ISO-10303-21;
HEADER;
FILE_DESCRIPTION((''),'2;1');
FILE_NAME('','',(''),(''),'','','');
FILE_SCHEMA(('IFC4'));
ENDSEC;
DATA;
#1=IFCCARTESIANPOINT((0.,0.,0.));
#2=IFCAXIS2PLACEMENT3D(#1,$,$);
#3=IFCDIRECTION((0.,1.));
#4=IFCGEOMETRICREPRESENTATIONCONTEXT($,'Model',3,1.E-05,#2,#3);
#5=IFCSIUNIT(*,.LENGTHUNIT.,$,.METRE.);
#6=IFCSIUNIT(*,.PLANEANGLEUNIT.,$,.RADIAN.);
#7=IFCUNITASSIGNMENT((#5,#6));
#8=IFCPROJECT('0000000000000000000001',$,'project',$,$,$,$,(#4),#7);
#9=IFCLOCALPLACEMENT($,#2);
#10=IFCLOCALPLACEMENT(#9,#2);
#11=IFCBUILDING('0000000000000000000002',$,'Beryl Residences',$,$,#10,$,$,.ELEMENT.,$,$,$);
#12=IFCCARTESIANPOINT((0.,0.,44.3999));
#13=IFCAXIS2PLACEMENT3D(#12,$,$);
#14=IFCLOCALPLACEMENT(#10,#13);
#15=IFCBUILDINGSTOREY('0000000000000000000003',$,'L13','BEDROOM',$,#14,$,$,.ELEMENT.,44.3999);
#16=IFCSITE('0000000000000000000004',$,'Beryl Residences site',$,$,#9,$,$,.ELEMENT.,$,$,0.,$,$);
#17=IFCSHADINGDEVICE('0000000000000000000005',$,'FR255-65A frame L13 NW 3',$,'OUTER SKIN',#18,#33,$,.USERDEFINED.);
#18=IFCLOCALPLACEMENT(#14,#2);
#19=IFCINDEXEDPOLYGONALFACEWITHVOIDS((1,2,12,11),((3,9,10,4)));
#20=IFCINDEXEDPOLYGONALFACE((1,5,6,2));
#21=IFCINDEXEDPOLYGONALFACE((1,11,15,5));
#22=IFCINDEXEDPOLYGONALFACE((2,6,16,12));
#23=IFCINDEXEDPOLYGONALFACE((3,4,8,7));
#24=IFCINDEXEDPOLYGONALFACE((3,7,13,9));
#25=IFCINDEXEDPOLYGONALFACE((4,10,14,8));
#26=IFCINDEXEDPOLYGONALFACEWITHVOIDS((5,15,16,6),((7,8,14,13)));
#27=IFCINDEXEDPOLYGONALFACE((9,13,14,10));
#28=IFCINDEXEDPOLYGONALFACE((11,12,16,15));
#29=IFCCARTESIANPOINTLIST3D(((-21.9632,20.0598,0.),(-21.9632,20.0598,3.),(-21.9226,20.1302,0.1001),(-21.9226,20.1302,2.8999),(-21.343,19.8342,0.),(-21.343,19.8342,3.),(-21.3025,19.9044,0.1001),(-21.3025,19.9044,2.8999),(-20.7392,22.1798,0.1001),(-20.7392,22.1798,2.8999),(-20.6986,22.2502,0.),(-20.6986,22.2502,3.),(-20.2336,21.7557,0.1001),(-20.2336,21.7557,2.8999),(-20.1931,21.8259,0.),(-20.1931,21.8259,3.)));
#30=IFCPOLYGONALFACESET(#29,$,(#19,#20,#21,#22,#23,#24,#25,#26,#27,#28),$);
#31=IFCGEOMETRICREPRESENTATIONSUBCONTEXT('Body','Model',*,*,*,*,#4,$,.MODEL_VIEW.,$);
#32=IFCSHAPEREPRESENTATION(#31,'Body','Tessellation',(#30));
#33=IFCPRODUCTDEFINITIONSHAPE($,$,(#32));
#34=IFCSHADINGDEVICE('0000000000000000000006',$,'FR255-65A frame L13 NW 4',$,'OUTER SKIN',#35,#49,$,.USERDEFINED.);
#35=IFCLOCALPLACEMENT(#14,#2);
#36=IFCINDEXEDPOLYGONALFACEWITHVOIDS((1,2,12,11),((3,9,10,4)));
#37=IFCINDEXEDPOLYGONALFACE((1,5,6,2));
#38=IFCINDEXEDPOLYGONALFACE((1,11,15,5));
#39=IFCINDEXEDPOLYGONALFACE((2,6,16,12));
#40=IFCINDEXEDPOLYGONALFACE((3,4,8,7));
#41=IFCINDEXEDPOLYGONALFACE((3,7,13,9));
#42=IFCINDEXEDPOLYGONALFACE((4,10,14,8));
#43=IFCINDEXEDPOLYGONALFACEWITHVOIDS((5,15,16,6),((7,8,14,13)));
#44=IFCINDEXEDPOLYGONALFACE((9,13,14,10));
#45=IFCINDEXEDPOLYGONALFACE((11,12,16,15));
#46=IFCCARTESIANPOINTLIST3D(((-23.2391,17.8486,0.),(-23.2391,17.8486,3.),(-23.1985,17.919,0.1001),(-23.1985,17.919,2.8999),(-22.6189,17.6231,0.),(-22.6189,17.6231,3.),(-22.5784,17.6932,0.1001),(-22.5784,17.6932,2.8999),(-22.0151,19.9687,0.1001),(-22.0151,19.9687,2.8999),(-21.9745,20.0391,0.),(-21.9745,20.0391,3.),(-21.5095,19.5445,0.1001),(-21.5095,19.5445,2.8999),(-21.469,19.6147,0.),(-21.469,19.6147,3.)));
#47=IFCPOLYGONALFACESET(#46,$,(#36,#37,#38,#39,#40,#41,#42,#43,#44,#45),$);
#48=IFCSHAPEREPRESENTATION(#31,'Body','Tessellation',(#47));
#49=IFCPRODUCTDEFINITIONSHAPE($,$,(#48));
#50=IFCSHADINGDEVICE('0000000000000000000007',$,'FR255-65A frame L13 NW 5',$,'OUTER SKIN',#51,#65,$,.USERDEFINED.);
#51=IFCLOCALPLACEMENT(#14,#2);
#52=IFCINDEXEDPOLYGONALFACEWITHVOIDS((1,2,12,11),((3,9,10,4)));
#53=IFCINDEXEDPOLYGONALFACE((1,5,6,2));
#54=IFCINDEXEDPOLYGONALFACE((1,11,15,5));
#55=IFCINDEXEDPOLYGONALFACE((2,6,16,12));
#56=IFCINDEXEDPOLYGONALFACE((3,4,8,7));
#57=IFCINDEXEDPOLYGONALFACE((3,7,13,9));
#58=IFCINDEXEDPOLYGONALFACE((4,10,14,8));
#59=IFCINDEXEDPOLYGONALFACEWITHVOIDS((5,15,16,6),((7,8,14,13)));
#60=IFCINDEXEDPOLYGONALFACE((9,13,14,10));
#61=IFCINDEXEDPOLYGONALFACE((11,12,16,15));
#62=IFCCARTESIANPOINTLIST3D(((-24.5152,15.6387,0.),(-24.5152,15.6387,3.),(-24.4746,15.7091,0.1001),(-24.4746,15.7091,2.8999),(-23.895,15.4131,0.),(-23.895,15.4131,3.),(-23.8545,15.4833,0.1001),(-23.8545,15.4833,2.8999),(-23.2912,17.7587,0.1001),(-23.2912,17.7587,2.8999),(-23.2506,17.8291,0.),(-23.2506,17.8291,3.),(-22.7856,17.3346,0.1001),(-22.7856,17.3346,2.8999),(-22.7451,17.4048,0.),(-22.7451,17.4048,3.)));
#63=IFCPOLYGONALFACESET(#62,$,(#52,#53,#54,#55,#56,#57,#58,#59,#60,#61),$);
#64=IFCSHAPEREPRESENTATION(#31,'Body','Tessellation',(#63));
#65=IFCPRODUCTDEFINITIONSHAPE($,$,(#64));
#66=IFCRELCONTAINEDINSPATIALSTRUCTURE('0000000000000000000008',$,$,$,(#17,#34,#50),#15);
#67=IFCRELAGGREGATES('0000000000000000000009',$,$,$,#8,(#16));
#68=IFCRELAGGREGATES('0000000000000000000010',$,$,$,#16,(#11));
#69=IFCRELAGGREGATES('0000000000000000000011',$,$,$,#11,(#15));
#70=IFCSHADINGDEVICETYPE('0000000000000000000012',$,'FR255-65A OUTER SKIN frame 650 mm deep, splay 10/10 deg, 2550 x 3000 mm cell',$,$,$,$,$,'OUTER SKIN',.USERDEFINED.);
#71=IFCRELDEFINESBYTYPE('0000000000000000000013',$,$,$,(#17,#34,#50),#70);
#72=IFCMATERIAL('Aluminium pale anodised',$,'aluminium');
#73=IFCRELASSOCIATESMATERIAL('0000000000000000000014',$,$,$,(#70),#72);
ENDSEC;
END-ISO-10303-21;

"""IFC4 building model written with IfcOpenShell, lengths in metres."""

from ifc_helpers import new_model, entity, si_unit, direction, frame, origin, place, context, subcontext, project, spatial, source, transform, mapped, material, type_object, type_shapes, element, save


model = new_model("IFC4")

# Units and contexts
model_context = context("Model", 3, precision=1e-05, world=origin(), true_north=direction((0.0, 1.0)))
body_context = subcontext(model_context, "Body", "Model", "MODEL_VIEW")
ifc_project = project(units=[si_unit("LENGTHUNIT", "METRE"), si_unit("PLANEANGLEUNIT", "RADIAN")], contexts=[model_context])

# Site, building, storey
site_placement = place(None, origin())
site = spatial("IfcSite", under=ifc_project, at=site_placement, Name="Beryl Residences site", CompositionType="ELEMENT", RefElevation=0.0)
building_placement = place(site_placement, origin())
building = spatial("IfcBuilding", under=site, at=building_placement, Name="Beryl Residences", CompositionType="ELEMENT")
storey_placement = place(building_placement, frame((0.0, 0.0, 44.3999)))
storey = spatial("IfcBuildingStorey", under=building, at=storey_placement, Name="L13", Description="BEDROOM", CompositionType="ELEMENT", Elevation=44.3999)

# Shading devices
ifc_material_1 = material(Name="Aluminium pale anodised", Category="aluminium")
shading_device_type = type_object("IfcShadingDeviceType", Name="FR255-65A OUTER SKIN frame 650 mm deep, splay 10/10 deg, 2550 x 3000 mm cell", ElementType="OUTER SKIN", PredefinedType="USERDEFINED", material=ifc_material_1)
cartesian_point_1 = entity("IfcCartesianPoint", [-1.1499, 0.0])
cartesian_point_2 = entity("IfcCartesianPoint", [-1.0688, 0.1001])
cartesian_point_3 = entity("IfcCartesianPoint", [-1.2646, 0.0])
cartesian_point_4 = entity("IfcCartesianPoint", [-1.1833, 0.1001])
shared_shape = source(origin(), body_context, "Body", "SweptSolid", [
    entity("IfcExtrudedAreaSolidTapered", entity("IfcArbitraryProfileDefWithVoids", "AREA", None, entity("IfcPolyline", [cartesian_point_1, entity("IfcCartesianPoint", [1.1499, 0.0]), entity("IfcCartesianPoint", [1.1499, 3.0]), entity("IfcCartesianPoint", [-1.1499, 3.0]), cartesian_point_1]), [entity("IfcPolyline", [cartesian_point_2, entity("IfcCartesianPoint", [1.0688, 0.1001]), entity("IfcCartesianPoint", [1.0688, 2.8999]), entity("IfcCartesianPoint", [-1.0688, 2.8999]), cartesian_point_2])]), entity("IfcAxis2Placement3D", entity("IfcCartesianPoint", [0.0, 0.0, 0.0]), entity("IfcDirection", [0.0, 1.0, 0.0]), entity("IfcDirection", [-1.0, 0.0, 0.0])), entity("IfcDirection", [0.0, 0.0, 1.0]), 0.6499, entity("IfcArbitraryProfileDefWithVoids", "AREA", None, entity("IfcPolyline", [cartesian_point_3, entity("IfcCartesianPoint", [1.2646, 0.0]), entity("IfcCartesianPoint", [1.2646, 3.0]), entity("IfcCartesianPoint", [-1.2646, 3.0]), cartesian_point_3]), [entity("IfcPolyline", [cartesian_point_4, entity("IfcCartesianPoint", [1.1833, 0.1001]), entity("IfcCartesianPoint", [1.1833, 2.8999]), entity("IfcCartesianPoint", [-1.1833, 2.8999]), cartesian_point_4])])),
])
type_shapes(shading_device_type, [shared_shape])
for number, where, z_axis, x_axis, name in (
    (1, (-20.7681, 20.8301, 0.0), (0.0, 0.0, 1.0), (0.5, 0.866025, 0.0), "FR255-65A frame L13 NW 3"),
    (2, (-22.0439, 18.6189, 0.0), (0.0, 0.0, 1.0), (0.5, 0.866025, 0.0), "FR255-65A frame L13 NW 4"),
    (3, (-23.3201, 16.4089, 0.0), (0.0, 0.0, 1.0), (0.5, 0.866025, 0.0), "FR255-65A frame L13 NW 5"),
):
    element("IfcShadingDevice", number, at=place(storey_placement, frame(where, z_axis=z_axis, x_axis=x_axis)), inside=storey, type_object=shading_device_type, Name=name, ObjectType="OUTER SKIN", PredefinedType="USERDEFINED", context=body_context, shape_type="MappedRepresentation", body=[
        mapped(shared_shape, transform((0.0, 0.0, 0.0))),
    ])

save(model, "model.ifc")
